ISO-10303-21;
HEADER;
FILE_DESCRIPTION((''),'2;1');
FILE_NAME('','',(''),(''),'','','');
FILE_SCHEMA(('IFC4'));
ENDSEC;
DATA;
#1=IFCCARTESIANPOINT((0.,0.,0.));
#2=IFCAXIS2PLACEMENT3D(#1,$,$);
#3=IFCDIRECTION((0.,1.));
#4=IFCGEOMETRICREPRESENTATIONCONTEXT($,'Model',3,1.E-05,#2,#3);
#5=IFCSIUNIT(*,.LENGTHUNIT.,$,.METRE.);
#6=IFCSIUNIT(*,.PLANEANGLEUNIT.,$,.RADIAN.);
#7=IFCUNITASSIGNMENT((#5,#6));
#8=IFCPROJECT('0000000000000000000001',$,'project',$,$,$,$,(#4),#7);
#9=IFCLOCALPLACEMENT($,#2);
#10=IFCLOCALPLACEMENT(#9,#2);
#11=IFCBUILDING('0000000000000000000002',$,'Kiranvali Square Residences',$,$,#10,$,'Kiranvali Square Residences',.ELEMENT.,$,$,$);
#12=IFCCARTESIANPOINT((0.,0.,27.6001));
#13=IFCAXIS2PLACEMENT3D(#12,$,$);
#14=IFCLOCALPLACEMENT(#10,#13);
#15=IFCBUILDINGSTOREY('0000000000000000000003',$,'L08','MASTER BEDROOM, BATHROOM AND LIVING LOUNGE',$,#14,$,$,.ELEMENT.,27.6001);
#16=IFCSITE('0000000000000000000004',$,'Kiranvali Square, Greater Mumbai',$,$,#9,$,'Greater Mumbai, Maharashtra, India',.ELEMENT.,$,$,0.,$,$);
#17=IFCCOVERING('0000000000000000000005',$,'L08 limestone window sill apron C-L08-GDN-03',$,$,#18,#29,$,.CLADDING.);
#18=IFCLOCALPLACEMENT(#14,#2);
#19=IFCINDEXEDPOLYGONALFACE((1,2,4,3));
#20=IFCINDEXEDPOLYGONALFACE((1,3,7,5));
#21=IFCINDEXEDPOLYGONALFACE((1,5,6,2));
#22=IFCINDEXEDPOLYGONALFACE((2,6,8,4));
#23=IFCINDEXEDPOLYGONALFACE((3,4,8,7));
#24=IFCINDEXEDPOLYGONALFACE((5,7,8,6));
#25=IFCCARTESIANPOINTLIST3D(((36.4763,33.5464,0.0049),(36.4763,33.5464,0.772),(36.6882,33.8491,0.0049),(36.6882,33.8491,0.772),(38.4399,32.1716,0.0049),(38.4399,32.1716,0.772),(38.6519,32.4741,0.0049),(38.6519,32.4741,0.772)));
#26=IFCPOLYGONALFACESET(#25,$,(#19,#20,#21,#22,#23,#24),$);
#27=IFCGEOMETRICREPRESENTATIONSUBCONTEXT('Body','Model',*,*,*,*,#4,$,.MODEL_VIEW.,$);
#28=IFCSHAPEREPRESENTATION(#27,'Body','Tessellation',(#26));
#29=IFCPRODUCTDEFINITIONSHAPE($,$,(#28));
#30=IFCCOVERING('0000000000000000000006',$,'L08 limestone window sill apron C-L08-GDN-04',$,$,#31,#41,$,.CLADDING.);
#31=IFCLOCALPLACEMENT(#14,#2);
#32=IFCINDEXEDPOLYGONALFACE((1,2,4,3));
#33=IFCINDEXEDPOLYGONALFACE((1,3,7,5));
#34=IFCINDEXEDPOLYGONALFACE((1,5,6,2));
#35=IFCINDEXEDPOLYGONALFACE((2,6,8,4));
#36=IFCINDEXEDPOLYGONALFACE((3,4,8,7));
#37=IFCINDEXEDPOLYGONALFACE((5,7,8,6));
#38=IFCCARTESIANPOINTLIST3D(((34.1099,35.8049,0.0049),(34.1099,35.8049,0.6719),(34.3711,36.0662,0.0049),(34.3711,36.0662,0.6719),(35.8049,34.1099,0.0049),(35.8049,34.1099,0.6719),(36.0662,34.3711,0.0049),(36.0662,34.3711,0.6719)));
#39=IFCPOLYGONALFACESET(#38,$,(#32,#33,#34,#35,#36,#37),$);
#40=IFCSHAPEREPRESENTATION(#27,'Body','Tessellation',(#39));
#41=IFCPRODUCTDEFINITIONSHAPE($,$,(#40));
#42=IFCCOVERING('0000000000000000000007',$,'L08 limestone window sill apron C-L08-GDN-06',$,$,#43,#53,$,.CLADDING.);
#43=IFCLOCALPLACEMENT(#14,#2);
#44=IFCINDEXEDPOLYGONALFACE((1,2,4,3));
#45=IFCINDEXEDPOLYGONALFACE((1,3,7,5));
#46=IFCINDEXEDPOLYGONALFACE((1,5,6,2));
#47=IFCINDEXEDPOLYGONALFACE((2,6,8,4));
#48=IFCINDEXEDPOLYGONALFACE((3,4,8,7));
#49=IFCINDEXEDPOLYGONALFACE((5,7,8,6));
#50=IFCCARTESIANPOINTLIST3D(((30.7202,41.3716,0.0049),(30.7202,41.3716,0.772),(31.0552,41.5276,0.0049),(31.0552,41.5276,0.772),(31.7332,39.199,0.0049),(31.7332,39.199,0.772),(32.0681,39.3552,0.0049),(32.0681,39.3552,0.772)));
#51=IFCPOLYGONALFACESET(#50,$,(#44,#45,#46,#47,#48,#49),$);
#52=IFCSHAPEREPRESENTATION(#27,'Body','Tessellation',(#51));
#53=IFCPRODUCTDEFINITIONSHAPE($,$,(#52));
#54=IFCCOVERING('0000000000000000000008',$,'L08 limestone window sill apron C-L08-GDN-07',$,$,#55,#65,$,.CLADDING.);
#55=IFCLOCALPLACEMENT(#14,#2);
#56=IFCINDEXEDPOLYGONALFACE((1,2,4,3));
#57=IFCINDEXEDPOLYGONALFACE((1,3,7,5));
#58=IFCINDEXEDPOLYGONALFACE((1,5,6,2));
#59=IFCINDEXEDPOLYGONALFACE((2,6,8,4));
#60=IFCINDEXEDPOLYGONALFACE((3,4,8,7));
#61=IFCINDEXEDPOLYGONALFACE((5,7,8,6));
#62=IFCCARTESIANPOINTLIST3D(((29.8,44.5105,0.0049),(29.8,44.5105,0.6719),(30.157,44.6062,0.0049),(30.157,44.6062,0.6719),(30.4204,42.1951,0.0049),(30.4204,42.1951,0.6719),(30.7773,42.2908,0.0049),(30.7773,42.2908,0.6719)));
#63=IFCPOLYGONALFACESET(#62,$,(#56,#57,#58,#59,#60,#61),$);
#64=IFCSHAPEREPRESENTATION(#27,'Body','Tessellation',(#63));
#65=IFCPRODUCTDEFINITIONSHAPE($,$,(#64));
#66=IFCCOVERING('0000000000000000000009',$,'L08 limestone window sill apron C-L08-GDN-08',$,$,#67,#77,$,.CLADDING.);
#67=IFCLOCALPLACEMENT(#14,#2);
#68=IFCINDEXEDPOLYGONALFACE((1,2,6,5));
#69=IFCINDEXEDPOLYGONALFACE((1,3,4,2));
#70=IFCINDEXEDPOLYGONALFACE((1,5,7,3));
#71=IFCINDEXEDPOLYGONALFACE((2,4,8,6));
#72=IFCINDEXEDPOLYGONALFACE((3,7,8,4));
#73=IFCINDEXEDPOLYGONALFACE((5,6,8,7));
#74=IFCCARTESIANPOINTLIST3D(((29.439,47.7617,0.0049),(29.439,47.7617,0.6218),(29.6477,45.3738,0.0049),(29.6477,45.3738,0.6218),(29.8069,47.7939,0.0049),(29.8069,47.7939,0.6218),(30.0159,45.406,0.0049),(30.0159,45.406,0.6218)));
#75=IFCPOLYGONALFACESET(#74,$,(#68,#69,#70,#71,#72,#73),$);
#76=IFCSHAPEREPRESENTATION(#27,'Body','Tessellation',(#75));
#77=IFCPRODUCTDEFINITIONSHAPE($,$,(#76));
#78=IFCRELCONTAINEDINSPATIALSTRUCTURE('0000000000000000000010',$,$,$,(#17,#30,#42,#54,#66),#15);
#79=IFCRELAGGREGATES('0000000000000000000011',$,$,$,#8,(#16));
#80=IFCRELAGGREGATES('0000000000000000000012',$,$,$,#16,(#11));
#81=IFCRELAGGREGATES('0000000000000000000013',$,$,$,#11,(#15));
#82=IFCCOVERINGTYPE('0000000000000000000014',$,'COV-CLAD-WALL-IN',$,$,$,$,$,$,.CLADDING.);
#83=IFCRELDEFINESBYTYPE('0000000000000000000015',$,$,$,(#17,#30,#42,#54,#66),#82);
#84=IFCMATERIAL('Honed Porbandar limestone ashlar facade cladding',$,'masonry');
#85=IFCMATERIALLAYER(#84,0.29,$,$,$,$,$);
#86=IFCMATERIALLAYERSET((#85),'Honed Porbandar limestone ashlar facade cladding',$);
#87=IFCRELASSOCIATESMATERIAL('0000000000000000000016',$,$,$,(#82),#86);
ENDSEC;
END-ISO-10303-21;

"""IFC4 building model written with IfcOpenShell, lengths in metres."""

from ifc_helpers import new_model, si_unit, direction, frame, origin, place, context, subcontext, project, spatial, polyline, outline, extrude, material, layer, layer_set, type_object, element, save


model = new_model("IFC4")

# Units and contexts
model_context = context("Model", 3, precision=1e-05, world=origin(), true_north=direction((0.0, 1.0)))
body_context = subcontext(model_context, "Body", "Model", "MODEL_VIEW")
ifc_project = project(units=[si_unit("LENGTHUNIT", "METRE"), si_unit("PLANEANGLEUNIT", "RADIAN")], contexts=[model_context])

# Site, building, storey
site_placement = place(None, origin())
site = spatial("IfcSite", under=ifc_project, at=site_placement, Name="Kiranvali Square, Greater Mumbai", LongName="Greater Mumbai, Maharashtra, India", CompositionType="ELEMENT", RefElevation=0.0)
building_placement = place(site_placement, origin())
building = spatial("IfcBuilding", under=site, at=building_placement, Name="Kiranvali Square Residences", LongName="Kiranvali Square Residences", CompositionType="ELEMENT")
storey_placement = place(building_placement, frame((0.0, 0.0, 27.6001)))
storey = spatial("IfcBuildingStorey", under=building, at=storey_placement, Name="L08", Description="MASTER BEDROOM, BATHROOM AND LIVING LOUNGE", CompositionType="ELEMENT", Elevation=27.6001)

# Coverings
ifc_material = material(Name="Honed Porbandar limestone ashlar facade cladding", Category="masonry")
ifc_layer_1 = layer(ifc_material, 0.29)
ifc_layer_set_1 = layer_set([ifc_layer_1], Name="Honed Porbandar limestone ashlar facade cladding")
covering_type_1 = type_object("IfcCoveringType", Name="COV-CLAD-WALL-IN", PredefinedType="CLADDING", material=ifc_layer_set_1)
covering_1_placement = place(storey_placement, frame((0.0, 0.0, 0.0049)))
element("IfcCovering", 1, at=covering_1_placement, inside=storey, type_object=covering_type_1, Name="L08 limestone window sill apron C-L08-GDN-03", PredefinedType="CLADDING", context=body_context, shape_type="SweptSolid", body=[
    extrude(outline(polyline([(38.6519, 32.4741), (36.6882, 33.8491), (36.4763, 33.5464), (38.4399, 32.1716), (38.6519, 32.4741)])), origin(), (0.0, 0.0, 1.0), 0.7671),
])
covering_2_placement = place(storey_placement, frame((0.0, 0.0, 0.0049)))
element("IfcCovering", 2, at=covering_2_placement, inside=storey, type_object=covering_type_1, Name="L08 limestone window sill apron C-L08-GDN-04", PredefinedType="CLADDING", context=body_context, shape_type="SweptSolid", body=[
    extrude(outline(polyline([(36.0662, 34.3711), (34.3711, 36.0662), (34.1099, 35.8049), (35.8049, 34.1099), (36.0662, 34.3711)])), origin(), (0.0, 0.0, 1.0), 0.667),
])
covering_3_placement = place(storey_placement, frame((0.0, 0.0, 0.0049)))
element("IfcCovering", 3, at=covering_3_placement, inside=storey, type_object=covering_type_1, Name="L08 limestone window sill apron C-L08-GDN-06", PredefinedType="CLADDING", context=body_context, shape_type="SweptSolid", body=[
    extrude(outline(polyline([(32.0681, 39.3552), (31.0552, 41.5276), (30.7202, 41.3716), (31.7332, 39.199), (32.0681, 39.3552)])), origin(), (0.0, 0.0, 1.0), 0.7671),
])
covering_4_placement = place(storey_placement, frame((0.0, 0.0, 0.0049)))
element("IfcCovering", 4, at=covering_4_placement, inside=storey, type_object=covering_type_1, Name="L08 limestone window sill apron C-L08-GDN-07", PredefinedType="CLADDING", context=body_context, shape_type="SweptSolid", body=[
    extrude(outline(polyline([(30.7773, 42.2908), (30.157, 44.6062), (29.8, 44.5105), (30.4204, 42.1951), (30.7773, 42.2908)])), origin(), (0.0, 0.0, 1.0), 0.667),
])
covering_5_placement = place(storey_placement, frame((0.0, 0.0, 0.0049)))
element("IfcCovering", 5, at=covering_5_placement, inside=storey, type_object=covering_type_1, Name="L08 limestone window sill apron C-L08-GDN-08", PredefinedType="CLADDING", context=body_context, shape_type="SweptSolid", body=[
    extrude(outline(polyline([(30.0159, 45.406), (29.8069, 47.7939), (29.439, 47.7617), (29.6477, 45.3738), (30.0159, 45.406)])), origin(), (0.0, 0.0, 1.0), 0.6169),
])

save(model, "model.ifc")
